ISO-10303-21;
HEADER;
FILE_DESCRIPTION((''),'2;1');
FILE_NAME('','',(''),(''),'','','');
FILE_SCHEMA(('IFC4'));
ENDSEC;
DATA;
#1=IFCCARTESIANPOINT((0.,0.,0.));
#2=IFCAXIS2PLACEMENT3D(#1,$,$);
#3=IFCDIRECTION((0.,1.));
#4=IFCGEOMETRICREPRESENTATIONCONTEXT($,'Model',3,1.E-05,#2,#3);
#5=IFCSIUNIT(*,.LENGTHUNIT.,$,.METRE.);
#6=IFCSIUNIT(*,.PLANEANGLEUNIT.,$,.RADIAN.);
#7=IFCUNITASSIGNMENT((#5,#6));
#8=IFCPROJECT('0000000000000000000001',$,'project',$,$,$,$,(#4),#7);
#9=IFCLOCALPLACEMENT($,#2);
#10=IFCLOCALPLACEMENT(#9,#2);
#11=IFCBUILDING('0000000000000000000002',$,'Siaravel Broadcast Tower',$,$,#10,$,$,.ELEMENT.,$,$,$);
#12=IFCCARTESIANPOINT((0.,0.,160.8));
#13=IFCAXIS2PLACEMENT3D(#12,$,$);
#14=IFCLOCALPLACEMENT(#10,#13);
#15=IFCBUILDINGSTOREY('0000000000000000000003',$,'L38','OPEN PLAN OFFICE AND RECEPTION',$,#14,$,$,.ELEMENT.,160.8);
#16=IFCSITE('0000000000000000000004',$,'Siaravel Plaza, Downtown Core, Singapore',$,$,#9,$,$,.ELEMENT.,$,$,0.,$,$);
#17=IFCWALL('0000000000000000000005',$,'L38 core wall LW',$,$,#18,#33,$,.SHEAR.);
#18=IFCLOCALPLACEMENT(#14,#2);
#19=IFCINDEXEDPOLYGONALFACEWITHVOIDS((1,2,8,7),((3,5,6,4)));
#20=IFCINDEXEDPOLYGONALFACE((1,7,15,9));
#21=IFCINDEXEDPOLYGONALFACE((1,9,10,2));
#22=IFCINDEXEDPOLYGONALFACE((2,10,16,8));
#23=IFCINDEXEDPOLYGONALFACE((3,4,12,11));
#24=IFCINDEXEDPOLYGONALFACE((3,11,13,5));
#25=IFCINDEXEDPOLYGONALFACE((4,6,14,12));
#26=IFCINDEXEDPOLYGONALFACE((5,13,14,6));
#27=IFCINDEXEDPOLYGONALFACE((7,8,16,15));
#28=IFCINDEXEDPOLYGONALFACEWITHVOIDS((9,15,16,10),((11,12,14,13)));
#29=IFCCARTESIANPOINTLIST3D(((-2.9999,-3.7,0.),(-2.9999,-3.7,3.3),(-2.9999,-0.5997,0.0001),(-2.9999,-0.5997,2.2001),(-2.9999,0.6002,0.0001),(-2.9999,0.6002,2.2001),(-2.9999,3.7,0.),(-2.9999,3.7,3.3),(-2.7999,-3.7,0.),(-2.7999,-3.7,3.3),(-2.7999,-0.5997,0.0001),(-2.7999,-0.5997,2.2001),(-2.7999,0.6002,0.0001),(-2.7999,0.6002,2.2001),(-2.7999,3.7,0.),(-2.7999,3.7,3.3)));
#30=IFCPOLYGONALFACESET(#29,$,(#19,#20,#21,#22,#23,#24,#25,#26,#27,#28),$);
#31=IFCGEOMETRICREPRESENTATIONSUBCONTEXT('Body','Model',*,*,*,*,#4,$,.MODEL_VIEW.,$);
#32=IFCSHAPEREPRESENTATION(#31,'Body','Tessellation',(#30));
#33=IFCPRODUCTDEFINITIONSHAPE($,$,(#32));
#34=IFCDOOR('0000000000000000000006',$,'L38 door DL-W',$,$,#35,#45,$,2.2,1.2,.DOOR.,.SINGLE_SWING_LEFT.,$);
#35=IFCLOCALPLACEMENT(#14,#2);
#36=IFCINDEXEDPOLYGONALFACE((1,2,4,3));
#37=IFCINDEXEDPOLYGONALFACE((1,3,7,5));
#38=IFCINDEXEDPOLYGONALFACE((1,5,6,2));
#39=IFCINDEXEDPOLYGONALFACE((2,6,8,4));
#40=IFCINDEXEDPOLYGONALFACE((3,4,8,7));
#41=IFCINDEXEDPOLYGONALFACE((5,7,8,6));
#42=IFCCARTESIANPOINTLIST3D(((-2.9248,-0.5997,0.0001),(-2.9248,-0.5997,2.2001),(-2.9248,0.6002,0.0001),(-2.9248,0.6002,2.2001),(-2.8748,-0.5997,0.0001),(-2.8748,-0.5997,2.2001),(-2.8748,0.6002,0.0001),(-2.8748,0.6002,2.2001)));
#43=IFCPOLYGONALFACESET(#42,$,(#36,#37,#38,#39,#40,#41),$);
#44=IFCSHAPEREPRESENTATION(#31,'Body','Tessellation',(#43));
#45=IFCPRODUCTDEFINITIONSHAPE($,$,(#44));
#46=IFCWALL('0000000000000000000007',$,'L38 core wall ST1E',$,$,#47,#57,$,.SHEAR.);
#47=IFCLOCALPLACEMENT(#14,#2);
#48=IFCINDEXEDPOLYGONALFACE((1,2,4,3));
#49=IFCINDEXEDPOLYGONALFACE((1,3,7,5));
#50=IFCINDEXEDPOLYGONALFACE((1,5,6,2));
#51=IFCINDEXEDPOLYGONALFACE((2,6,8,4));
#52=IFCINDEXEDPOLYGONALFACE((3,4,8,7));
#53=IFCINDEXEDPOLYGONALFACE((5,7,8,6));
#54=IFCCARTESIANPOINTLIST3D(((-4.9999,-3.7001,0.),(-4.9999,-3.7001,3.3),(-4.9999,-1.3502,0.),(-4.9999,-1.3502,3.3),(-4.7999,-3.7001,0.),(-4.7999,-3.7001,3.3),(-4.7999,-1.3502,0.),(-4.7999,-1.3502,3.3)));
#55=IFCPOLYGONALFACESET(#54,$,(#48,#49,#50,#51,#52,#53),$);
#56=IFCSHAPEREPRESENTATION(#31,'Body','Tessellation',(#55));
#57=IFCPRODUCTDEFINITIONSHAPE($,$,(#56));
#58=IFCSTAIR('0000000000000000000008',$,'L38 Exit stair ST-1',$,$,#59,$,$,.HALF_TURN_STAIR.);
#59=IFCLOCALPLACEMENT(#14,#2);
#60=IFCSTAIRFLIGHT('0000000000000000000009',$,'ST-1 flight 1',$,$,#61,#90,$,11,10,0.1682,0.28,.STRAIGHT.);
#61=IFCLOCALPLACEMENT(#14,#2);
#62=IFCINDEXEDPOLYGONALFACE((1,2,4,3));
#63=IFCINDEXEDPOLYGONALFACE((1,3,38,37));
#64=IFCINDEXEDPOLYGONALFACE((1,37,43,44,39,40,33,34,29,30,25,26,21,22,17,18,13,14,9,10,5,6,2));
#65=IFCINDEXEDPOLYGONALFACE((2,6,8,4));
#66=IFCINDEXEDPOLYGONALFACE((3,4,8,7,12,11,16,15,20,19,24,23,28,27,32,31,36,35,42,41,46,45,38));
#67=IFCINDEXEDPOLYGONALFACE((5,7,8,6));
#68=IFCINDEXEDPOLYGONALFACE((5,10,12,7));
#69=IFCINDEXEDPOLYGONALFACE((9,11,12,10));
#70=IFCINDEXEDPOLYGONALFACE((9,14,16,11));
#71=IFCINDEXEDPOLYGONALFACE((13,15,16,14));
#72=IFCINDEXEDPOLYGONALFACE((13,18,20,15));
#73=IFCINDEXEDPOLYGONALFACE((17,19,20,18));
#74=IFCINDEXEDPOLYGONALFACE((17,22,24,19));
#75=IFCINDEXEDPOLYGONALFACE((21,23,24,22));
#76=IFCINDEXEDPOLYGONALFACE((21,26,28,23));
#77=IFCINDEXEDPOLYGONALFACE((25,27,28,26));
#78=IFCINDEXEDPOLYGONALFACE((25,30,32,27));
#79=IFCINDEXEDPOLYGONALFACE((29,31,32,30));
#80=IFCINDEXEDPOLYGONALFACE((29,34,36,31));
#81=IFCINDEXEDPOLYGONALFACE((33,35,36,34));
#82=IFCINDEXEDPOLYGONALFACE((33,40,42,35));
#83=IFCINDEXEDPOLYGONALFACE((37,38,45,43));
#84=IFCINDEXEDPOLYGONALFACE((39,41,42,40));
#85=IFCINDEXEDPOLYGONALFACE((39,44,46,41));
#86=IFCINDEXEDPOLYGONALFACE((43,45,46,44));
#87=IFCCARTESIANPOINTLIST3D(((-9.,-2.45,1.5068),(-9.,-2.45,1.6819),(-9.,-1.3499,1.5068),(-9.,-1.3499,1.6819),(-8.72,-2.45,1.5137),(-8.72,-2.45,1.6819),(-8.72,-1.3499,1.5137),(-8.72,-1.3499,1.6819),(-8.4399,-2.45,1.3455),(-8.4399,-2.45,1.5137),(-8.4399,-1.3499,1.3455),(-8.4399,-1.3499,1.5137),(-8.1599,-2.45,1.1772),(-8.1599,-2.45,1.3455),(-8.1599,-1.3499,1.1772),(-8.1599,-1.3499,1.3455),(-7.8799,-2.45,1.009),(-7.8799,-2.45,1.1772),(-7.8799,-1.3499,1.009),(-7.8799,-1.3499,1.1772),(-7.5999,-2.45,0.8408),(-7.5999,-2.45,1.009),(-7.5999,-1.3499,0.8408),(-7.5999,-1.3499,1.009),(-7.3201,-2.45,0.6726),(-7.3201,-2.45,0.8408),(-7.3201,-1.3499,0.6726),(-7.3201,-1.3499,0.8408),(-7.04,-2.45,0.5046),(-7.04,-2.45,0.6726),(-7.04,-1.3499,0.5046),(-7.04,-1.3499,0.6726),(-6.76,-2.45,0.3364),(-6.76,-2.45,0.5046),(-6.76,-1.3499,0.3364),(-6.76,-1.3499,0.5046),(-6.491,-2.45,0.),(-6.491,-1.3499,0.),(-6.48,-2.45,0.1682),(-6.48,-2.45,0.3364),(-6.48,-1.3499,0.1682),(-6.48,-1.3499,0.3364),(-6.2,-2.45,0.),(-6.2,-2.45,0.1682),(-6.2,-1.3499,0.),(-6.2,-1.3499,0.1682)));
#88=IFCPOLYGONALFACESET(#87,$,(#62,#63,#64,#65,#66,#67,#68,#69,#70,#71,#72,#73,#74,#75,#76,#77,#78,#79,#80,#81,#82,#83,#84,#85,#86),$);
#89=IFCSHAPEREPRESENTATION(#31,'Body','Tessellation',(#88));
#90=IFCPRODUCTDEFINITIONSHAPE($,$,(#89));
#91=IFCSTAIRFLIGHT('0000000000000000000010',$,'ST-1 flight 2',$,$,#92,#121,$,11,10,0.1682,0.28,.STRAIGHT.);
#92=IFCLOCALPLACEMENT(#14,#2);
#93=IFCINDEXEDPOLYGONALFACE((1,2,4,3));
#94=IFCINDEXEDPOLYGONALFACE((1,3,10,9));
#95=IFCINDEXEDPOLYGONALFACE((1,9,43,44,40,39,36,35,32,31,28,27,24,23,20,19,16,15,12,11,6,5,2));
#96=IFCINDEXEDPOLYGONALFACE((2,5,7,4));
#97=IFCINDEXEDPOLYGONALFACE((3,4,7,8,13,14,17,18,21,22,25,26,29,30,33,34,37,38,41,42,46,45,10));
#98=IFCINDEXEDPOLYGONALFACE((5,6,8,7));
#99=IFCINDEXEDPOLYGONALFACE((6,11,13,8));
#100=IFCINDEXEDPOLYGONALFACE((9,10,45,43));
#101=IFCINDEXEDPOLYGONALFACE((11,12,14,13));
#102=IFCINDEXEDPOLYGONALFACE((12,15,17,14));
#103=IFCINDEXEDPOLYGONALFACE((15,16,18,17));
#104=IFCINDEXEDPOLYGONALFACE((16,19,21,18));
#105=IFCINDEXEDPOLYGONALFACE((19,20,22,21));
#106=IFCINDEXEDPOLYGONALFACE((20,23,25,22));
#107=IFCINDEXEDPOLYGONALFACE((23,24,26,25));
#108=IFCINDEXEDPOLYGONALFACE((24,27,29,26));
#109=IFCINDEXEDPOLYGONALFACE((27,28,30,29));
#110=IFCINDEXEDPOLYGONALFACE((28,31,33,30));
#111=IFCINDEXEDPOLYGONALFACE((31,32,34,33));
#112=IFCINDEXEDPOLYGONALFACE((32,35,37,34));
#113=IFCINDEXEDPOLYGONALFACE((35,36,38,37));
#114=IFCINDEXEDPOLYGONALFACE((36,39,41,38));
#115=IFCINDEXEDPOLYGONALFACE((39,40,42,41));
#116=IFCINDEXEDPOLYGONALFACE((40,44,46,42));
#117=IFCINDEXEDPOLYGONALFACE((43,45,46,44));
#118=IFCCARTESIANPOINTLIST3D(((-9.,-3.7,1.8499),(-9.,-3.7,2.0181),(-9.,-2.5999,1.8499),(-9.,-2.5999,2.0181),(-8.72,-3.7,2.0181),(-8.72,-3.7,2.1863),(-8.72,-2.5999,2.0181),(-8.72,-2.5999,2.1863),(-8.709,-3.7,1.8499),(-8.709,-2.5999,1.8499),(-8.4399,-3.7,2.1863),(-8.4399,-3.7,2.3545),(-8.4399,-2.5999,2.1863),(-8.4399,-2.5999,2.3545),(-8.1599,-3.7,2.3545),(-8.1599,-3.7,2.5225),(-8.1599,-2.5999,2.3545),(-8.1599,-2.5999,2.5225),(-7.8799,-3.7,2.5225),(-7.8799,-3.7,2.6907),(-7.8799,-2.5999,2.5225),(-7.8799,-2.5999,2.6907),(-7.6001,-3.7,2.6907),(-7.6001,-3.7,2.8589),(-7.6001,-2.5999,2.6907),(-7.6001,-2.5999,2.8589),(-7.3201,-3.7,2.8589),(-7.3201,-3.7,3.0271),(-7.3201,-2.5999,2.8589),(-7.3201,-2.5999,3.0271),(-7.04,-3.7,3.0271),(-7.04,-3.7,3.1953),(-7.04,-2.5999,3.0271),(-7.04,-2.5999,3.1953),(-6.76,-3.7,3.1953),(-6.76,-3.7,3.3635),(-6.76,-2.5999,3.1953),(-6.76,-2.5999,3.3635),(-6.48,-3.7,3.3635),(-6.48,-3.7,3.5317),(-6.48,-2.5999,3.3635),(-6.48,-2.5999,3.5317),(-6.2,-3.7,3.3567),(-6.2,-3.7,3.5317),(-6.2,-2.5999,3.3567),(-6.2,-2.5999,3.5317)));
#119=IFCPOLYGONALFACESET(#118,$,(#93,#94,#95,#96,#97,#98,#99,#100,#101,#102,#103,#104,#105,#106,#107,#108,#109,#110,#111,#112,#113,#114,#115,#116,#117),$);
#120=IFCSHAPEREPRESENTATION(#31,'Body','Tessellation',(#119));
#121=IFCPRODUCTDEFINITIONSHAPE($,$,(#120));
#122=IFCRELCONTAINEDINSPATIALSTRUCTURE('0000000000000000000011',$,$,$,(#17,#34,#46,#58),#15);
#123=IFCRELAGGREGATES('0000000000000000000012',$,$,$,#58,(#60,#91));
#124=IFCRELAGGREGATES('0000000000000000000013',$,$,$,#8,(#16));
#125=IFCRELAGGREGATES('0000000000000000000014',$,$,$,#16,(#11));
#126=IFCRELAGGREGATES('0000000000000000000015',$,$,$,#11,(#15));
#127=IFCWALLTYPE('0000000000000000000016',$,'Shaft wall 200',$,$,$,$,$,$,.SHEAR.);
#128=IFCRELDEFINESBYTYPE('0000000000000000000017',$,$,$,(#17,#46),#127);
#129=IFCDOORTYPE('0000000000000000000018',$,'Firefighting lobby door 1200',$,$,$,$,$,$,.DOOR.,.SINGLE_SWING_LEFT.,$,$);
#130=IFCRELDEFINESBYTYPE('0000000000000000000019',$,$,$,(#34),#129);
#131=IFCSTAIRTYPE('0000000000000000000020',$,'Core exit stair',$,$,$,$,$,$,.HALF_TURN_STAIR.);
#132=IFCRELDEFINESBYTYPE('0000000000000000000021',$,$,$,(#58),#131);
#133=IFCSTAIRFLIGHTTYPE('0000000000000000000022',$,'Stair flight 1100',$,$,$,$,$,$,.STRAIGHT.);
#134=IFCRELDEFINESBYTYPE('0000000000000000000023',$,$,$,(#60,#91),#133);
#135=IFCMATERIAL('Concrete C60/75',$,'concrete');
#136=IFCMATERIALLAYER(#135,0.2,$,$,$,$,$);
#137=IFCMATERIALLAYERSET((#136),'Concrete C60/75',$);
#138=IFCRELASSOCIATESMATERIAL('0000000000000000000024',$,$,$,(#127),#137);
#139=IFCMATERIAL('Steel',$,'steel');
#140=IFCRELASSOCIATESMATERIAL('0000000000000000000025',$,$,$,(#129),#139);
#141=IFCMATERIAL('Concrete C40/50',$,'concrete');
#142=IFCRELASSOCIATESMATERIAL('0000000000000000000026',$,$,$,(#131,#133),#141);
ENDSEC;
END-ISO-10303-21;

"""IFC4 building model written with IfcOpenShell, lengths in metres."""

from ifc_helpers import new_model, si_unit, direction, frame, frame_2d, origin, place, context, subcontext, project, spatial, polyline, rectangle, outline, extrude, material, layer, layer_set, type_object, element, fill, aggregate, save


model = new_model("IFC4")

# Units and contexts
model_context = context("Model", 3, precision=1e-05, world=origin(), true_north=direction((0.0, 1.0)))
body_context = subcontext(model_context, "Body", "Model", "MODEL_VIEW")
ifc_project = project(units=[si_unit("LENGTHUNIT", "METRE"), si_unit("PLANEANGLEUNIT", "RADIAN")], contexts=[model_context])

# Site, building, storey
site_placement = place(None, origin())
site = spatial("IfcSite", under=ifc_project, at=site_placement, Name="Siaravel Plaza, Downtown Core, Singapore", CompositionType="ELEMENT", RefElevation=0.0)
building_placement = place(site_placement, origin())
building = spatial("IfcBuilding", under=site, at=building_placement, Name="Siaravel Broadcast Tower", CompositionType="ELEMENT")
storey_placement = place(building_placement, frame((0.0, 0.0, 160.8)))
storey = spatial("IfcBuildingStorey", under=building, at=storey_placement, Name="L38", Description="OPEN PLAN OFFICE AND RECEPTION", CompositionType="ELEMENT", Elevation=160.8)

# Shared definitions
ifc_material_1 = material(Name="Concrete C60/75", Category="concrete")
ifc_material_2 = material(Name="Steel", Category="steel")

# Shared definitions
ifc_layer_1 = layer(ifc_material_1, 0.2)
ifc_layer_set_1 = layer_set([ifc_layer_1], Name="Concrete C60/75")
wall_type_1 = type_object("IfcWallType", Name="Shaft wall 200", PredefinedType="SHEAR", material=ifc_layer_set_1)

# Wall, opening, door
wall_1_placement = place(storey_placement, frame((-2.8999, -3.7, 0.0), z_axis=(0.0, 0.0, 1.0), x_axis=(0.0, 1.0, 0.0)))
wall_1 = element("IfcWall", 1, at=wall_1_placement, inside=storey, type_object=wall_type_1, Name="L38 core wall LW", PredefinedType="SHEAR", context=body_context, shape_type="SweptSolid", body=[
    extrude(rectangle(XDim=7.3999, YDim=0.2, at=frame_2d((3.7, 0.0))), origin(), (0.0, 0.0, 1.0), 3.3),
])
opening_1_placement = place(wall_1_placement, frame((3.1001, 0.0, 0.0)))
opening_1 = element("IfcOpeningElement", 2, at=opening_1_placement, cuts=wall_1, PredefinedType="OPENING", context=body_context, shape_type="SweptSolid", body=[
    extrude(rectangle(XDim=1.2, YDim=2.2, at=frame_2d((0.6001, 1.1001))), frame((0.0, 0.1099, 0.0), z_axis=(0.0, -1.0, 0.0), x_axis=(1.0, 0.0, 0.0)), (0.0, 0.0, 1.0), 0.22),
])
door_type_1 = type_object("IfcDoorType", Name="Firefighting lobby door 1200", OperationType="SINGLE_SWING_LEFT", PredefinedType="DOOR", material=ifc_material_2)
door_1_placement = place(opening_1_placement, origin())
door_1 = element("IfcDoor", 3, at=door_1_placement, inside=storey, type_object=door_type_1, Name="L38 door DL-W", OperationType="SINGLE_SWING_LEFT", OverallHeight=2.2, OverallWidth=1.2, PredefinedType="DOOR", context=body_context, shape_type="SweptSolid", body=[
    extrude(rectangle(XDim=1.2, YDim=2.2, at=frame_2d((0.6001, 1.1001))), frame((0.0, 0.0249, 0.0), z_axis=(0.0, -1.0, 0.0), x_axis=(1.0, 0.0, 0.0)), (0.0, 0.0, 1.0), 0.05),
])
fill(opening_1, door_1)

# Wall
wall_2_placement = place(storey_placement, frame((-4.8999, -3.7, 0.0), z_axis=(0.0, 0.0, 1.0), x_axis=(0.0, 1.0, 0.0)))
element("IfcWall", 4, at=wall_2_placement, inside=storey, type_object=wall_type_1, Name="L38 core wall ST1E", PredefinedType="SHEAR", context=body_context, shape_type="SweptSolid", body=[
    extrude(rectangle(XDim=2.3499, YDim=0.2, at=frame_2d((1.1748, 0.0))), origin(), (0.0, 0.0, 1.0), 3.3),
])

# Stair, stair flights
ifc_material_3 = material(Name="Concrete C40/50", Category="concrete")
stair_type = type_object("IfcStairType", Name="Core exit stair", PredefinedType="HALF_TURN_STAIR", material=ifc_material_3)
stair_placement = place(storey_placement, origin())
stair = element("IfcStair", 5, at=stair_placement, inside=storey, type_object=stair_type, Name="L38 Exit stair ST-1", PredefinedType="HALF_TURN_STAIR")
stair_flight_type = type_object("IfcStairFlightType", Name="Stair flight 1100", PredefinedType="STRAIGHT", material=ifc_material_3)
stair_flight_1_placement = place(storey_placement, frame((-6.2, -1.8999, 0.0), z_axis=(0.0, 0.0, 1.0), x_axis=(-1.0, 0.0, 0.0)))
stair_flight_1 = element("IfcStairFlight", 6, at=stair_flight_1_placement, type_object=stair_flight_type, Name="ST-1 flight 1", NumberOfRisers=11, NumberOfTreads=10, PredefinedType="STRAIGHT", RiserHeight=0.1682, TreadLength=0.28, context=body_context, shape_type="SweptSolid", body=[
    extrude(outline(polyline([(0.0, 0.0), (0.0, 0.1682), (0.28, 0.1682), (0.28, 0.3364), (0.5601, 0.3364), (0.5601, 0.5046), (0.8401, 0.5046), (0.8401, 0.6726), (1.1201, 0.6726), (1.1201, 0.8408), (1.3999, 0.8408), (1.3999, 1.009), (1.6799, 1.009), (1.6799, 1.1772), (1.96, 1.1772), (1.96, 1.3455), (2.24, 1.3455), (2.24, 1.5137), (2.52, 1.5137), (2.52, 1.6819), (2.8, 1.6819), (2.8, 1.8501), (2.8, 1.5068), (0.291, 0.0), (0.0, 0.0)])), frame((0.0, 0.55, 0.0), z_axis=(0.0, -1.0, 0.0), x_axis=(1.0, 0.0, 0.0)), (0.0, 0.0, 1.0), 1.1001),
])
stair_flight_2_placement = place(storey_placement, frame((-9.0, -3.1499, 1.8499), z_axis=(0.0, 0.0, 1.0), x_axis=(1.0, 0.0, 0.0)))
stair_flight_2 = element("IfcStairFlight", 7, at=stair_flight_2_placement, type_object=stair_flight_type, Name="ST-1 flight 2", NumberOfRisers=11, NumberOfTreads=10, PredefinedType="STRAIGHT", RiserHeight=0.1682, TreadLength=0.28, context=body_context, shape_type="SweptSolid", body=[
    extrude(outline(polyline([(0.0, 0.0), (0.0, 0.1682), (0.28, 0.1682), (0.28, 0.3364), (0.5601, 0.3364), (0.5601, 0.5046), (0.8401, 0.5046), (0.8401, 0.6726), (1.1201, 0.6726), (1.1201, 0.8408), (1.3999, 0.8408), (1.3999, 1.009), (1.6799, 1.009), (1.6799, 1.1772), (1.96, 1.1772), (1.96, 1.3455), (2.24, 1.3455), (2.24, 1.5137), (2.52, 1.5137), (2.52, 1.6819), (2.8, 1.6819), (2.8, 1.8501), (2.8, 1.5068), (0.291, 0.0), (0.0, 0.0)])), frame((0.0, 0.55, 0.0), z_axis=(0.0, -1.0, 0.0), x_axis=(1.0, 0.0, 0.0)), (0.0, 0.0, 1.0), 1.1001),
])
aggregate(stair, [stair_flight_1, stair_flight_2])

save(model, "model.ifc")
